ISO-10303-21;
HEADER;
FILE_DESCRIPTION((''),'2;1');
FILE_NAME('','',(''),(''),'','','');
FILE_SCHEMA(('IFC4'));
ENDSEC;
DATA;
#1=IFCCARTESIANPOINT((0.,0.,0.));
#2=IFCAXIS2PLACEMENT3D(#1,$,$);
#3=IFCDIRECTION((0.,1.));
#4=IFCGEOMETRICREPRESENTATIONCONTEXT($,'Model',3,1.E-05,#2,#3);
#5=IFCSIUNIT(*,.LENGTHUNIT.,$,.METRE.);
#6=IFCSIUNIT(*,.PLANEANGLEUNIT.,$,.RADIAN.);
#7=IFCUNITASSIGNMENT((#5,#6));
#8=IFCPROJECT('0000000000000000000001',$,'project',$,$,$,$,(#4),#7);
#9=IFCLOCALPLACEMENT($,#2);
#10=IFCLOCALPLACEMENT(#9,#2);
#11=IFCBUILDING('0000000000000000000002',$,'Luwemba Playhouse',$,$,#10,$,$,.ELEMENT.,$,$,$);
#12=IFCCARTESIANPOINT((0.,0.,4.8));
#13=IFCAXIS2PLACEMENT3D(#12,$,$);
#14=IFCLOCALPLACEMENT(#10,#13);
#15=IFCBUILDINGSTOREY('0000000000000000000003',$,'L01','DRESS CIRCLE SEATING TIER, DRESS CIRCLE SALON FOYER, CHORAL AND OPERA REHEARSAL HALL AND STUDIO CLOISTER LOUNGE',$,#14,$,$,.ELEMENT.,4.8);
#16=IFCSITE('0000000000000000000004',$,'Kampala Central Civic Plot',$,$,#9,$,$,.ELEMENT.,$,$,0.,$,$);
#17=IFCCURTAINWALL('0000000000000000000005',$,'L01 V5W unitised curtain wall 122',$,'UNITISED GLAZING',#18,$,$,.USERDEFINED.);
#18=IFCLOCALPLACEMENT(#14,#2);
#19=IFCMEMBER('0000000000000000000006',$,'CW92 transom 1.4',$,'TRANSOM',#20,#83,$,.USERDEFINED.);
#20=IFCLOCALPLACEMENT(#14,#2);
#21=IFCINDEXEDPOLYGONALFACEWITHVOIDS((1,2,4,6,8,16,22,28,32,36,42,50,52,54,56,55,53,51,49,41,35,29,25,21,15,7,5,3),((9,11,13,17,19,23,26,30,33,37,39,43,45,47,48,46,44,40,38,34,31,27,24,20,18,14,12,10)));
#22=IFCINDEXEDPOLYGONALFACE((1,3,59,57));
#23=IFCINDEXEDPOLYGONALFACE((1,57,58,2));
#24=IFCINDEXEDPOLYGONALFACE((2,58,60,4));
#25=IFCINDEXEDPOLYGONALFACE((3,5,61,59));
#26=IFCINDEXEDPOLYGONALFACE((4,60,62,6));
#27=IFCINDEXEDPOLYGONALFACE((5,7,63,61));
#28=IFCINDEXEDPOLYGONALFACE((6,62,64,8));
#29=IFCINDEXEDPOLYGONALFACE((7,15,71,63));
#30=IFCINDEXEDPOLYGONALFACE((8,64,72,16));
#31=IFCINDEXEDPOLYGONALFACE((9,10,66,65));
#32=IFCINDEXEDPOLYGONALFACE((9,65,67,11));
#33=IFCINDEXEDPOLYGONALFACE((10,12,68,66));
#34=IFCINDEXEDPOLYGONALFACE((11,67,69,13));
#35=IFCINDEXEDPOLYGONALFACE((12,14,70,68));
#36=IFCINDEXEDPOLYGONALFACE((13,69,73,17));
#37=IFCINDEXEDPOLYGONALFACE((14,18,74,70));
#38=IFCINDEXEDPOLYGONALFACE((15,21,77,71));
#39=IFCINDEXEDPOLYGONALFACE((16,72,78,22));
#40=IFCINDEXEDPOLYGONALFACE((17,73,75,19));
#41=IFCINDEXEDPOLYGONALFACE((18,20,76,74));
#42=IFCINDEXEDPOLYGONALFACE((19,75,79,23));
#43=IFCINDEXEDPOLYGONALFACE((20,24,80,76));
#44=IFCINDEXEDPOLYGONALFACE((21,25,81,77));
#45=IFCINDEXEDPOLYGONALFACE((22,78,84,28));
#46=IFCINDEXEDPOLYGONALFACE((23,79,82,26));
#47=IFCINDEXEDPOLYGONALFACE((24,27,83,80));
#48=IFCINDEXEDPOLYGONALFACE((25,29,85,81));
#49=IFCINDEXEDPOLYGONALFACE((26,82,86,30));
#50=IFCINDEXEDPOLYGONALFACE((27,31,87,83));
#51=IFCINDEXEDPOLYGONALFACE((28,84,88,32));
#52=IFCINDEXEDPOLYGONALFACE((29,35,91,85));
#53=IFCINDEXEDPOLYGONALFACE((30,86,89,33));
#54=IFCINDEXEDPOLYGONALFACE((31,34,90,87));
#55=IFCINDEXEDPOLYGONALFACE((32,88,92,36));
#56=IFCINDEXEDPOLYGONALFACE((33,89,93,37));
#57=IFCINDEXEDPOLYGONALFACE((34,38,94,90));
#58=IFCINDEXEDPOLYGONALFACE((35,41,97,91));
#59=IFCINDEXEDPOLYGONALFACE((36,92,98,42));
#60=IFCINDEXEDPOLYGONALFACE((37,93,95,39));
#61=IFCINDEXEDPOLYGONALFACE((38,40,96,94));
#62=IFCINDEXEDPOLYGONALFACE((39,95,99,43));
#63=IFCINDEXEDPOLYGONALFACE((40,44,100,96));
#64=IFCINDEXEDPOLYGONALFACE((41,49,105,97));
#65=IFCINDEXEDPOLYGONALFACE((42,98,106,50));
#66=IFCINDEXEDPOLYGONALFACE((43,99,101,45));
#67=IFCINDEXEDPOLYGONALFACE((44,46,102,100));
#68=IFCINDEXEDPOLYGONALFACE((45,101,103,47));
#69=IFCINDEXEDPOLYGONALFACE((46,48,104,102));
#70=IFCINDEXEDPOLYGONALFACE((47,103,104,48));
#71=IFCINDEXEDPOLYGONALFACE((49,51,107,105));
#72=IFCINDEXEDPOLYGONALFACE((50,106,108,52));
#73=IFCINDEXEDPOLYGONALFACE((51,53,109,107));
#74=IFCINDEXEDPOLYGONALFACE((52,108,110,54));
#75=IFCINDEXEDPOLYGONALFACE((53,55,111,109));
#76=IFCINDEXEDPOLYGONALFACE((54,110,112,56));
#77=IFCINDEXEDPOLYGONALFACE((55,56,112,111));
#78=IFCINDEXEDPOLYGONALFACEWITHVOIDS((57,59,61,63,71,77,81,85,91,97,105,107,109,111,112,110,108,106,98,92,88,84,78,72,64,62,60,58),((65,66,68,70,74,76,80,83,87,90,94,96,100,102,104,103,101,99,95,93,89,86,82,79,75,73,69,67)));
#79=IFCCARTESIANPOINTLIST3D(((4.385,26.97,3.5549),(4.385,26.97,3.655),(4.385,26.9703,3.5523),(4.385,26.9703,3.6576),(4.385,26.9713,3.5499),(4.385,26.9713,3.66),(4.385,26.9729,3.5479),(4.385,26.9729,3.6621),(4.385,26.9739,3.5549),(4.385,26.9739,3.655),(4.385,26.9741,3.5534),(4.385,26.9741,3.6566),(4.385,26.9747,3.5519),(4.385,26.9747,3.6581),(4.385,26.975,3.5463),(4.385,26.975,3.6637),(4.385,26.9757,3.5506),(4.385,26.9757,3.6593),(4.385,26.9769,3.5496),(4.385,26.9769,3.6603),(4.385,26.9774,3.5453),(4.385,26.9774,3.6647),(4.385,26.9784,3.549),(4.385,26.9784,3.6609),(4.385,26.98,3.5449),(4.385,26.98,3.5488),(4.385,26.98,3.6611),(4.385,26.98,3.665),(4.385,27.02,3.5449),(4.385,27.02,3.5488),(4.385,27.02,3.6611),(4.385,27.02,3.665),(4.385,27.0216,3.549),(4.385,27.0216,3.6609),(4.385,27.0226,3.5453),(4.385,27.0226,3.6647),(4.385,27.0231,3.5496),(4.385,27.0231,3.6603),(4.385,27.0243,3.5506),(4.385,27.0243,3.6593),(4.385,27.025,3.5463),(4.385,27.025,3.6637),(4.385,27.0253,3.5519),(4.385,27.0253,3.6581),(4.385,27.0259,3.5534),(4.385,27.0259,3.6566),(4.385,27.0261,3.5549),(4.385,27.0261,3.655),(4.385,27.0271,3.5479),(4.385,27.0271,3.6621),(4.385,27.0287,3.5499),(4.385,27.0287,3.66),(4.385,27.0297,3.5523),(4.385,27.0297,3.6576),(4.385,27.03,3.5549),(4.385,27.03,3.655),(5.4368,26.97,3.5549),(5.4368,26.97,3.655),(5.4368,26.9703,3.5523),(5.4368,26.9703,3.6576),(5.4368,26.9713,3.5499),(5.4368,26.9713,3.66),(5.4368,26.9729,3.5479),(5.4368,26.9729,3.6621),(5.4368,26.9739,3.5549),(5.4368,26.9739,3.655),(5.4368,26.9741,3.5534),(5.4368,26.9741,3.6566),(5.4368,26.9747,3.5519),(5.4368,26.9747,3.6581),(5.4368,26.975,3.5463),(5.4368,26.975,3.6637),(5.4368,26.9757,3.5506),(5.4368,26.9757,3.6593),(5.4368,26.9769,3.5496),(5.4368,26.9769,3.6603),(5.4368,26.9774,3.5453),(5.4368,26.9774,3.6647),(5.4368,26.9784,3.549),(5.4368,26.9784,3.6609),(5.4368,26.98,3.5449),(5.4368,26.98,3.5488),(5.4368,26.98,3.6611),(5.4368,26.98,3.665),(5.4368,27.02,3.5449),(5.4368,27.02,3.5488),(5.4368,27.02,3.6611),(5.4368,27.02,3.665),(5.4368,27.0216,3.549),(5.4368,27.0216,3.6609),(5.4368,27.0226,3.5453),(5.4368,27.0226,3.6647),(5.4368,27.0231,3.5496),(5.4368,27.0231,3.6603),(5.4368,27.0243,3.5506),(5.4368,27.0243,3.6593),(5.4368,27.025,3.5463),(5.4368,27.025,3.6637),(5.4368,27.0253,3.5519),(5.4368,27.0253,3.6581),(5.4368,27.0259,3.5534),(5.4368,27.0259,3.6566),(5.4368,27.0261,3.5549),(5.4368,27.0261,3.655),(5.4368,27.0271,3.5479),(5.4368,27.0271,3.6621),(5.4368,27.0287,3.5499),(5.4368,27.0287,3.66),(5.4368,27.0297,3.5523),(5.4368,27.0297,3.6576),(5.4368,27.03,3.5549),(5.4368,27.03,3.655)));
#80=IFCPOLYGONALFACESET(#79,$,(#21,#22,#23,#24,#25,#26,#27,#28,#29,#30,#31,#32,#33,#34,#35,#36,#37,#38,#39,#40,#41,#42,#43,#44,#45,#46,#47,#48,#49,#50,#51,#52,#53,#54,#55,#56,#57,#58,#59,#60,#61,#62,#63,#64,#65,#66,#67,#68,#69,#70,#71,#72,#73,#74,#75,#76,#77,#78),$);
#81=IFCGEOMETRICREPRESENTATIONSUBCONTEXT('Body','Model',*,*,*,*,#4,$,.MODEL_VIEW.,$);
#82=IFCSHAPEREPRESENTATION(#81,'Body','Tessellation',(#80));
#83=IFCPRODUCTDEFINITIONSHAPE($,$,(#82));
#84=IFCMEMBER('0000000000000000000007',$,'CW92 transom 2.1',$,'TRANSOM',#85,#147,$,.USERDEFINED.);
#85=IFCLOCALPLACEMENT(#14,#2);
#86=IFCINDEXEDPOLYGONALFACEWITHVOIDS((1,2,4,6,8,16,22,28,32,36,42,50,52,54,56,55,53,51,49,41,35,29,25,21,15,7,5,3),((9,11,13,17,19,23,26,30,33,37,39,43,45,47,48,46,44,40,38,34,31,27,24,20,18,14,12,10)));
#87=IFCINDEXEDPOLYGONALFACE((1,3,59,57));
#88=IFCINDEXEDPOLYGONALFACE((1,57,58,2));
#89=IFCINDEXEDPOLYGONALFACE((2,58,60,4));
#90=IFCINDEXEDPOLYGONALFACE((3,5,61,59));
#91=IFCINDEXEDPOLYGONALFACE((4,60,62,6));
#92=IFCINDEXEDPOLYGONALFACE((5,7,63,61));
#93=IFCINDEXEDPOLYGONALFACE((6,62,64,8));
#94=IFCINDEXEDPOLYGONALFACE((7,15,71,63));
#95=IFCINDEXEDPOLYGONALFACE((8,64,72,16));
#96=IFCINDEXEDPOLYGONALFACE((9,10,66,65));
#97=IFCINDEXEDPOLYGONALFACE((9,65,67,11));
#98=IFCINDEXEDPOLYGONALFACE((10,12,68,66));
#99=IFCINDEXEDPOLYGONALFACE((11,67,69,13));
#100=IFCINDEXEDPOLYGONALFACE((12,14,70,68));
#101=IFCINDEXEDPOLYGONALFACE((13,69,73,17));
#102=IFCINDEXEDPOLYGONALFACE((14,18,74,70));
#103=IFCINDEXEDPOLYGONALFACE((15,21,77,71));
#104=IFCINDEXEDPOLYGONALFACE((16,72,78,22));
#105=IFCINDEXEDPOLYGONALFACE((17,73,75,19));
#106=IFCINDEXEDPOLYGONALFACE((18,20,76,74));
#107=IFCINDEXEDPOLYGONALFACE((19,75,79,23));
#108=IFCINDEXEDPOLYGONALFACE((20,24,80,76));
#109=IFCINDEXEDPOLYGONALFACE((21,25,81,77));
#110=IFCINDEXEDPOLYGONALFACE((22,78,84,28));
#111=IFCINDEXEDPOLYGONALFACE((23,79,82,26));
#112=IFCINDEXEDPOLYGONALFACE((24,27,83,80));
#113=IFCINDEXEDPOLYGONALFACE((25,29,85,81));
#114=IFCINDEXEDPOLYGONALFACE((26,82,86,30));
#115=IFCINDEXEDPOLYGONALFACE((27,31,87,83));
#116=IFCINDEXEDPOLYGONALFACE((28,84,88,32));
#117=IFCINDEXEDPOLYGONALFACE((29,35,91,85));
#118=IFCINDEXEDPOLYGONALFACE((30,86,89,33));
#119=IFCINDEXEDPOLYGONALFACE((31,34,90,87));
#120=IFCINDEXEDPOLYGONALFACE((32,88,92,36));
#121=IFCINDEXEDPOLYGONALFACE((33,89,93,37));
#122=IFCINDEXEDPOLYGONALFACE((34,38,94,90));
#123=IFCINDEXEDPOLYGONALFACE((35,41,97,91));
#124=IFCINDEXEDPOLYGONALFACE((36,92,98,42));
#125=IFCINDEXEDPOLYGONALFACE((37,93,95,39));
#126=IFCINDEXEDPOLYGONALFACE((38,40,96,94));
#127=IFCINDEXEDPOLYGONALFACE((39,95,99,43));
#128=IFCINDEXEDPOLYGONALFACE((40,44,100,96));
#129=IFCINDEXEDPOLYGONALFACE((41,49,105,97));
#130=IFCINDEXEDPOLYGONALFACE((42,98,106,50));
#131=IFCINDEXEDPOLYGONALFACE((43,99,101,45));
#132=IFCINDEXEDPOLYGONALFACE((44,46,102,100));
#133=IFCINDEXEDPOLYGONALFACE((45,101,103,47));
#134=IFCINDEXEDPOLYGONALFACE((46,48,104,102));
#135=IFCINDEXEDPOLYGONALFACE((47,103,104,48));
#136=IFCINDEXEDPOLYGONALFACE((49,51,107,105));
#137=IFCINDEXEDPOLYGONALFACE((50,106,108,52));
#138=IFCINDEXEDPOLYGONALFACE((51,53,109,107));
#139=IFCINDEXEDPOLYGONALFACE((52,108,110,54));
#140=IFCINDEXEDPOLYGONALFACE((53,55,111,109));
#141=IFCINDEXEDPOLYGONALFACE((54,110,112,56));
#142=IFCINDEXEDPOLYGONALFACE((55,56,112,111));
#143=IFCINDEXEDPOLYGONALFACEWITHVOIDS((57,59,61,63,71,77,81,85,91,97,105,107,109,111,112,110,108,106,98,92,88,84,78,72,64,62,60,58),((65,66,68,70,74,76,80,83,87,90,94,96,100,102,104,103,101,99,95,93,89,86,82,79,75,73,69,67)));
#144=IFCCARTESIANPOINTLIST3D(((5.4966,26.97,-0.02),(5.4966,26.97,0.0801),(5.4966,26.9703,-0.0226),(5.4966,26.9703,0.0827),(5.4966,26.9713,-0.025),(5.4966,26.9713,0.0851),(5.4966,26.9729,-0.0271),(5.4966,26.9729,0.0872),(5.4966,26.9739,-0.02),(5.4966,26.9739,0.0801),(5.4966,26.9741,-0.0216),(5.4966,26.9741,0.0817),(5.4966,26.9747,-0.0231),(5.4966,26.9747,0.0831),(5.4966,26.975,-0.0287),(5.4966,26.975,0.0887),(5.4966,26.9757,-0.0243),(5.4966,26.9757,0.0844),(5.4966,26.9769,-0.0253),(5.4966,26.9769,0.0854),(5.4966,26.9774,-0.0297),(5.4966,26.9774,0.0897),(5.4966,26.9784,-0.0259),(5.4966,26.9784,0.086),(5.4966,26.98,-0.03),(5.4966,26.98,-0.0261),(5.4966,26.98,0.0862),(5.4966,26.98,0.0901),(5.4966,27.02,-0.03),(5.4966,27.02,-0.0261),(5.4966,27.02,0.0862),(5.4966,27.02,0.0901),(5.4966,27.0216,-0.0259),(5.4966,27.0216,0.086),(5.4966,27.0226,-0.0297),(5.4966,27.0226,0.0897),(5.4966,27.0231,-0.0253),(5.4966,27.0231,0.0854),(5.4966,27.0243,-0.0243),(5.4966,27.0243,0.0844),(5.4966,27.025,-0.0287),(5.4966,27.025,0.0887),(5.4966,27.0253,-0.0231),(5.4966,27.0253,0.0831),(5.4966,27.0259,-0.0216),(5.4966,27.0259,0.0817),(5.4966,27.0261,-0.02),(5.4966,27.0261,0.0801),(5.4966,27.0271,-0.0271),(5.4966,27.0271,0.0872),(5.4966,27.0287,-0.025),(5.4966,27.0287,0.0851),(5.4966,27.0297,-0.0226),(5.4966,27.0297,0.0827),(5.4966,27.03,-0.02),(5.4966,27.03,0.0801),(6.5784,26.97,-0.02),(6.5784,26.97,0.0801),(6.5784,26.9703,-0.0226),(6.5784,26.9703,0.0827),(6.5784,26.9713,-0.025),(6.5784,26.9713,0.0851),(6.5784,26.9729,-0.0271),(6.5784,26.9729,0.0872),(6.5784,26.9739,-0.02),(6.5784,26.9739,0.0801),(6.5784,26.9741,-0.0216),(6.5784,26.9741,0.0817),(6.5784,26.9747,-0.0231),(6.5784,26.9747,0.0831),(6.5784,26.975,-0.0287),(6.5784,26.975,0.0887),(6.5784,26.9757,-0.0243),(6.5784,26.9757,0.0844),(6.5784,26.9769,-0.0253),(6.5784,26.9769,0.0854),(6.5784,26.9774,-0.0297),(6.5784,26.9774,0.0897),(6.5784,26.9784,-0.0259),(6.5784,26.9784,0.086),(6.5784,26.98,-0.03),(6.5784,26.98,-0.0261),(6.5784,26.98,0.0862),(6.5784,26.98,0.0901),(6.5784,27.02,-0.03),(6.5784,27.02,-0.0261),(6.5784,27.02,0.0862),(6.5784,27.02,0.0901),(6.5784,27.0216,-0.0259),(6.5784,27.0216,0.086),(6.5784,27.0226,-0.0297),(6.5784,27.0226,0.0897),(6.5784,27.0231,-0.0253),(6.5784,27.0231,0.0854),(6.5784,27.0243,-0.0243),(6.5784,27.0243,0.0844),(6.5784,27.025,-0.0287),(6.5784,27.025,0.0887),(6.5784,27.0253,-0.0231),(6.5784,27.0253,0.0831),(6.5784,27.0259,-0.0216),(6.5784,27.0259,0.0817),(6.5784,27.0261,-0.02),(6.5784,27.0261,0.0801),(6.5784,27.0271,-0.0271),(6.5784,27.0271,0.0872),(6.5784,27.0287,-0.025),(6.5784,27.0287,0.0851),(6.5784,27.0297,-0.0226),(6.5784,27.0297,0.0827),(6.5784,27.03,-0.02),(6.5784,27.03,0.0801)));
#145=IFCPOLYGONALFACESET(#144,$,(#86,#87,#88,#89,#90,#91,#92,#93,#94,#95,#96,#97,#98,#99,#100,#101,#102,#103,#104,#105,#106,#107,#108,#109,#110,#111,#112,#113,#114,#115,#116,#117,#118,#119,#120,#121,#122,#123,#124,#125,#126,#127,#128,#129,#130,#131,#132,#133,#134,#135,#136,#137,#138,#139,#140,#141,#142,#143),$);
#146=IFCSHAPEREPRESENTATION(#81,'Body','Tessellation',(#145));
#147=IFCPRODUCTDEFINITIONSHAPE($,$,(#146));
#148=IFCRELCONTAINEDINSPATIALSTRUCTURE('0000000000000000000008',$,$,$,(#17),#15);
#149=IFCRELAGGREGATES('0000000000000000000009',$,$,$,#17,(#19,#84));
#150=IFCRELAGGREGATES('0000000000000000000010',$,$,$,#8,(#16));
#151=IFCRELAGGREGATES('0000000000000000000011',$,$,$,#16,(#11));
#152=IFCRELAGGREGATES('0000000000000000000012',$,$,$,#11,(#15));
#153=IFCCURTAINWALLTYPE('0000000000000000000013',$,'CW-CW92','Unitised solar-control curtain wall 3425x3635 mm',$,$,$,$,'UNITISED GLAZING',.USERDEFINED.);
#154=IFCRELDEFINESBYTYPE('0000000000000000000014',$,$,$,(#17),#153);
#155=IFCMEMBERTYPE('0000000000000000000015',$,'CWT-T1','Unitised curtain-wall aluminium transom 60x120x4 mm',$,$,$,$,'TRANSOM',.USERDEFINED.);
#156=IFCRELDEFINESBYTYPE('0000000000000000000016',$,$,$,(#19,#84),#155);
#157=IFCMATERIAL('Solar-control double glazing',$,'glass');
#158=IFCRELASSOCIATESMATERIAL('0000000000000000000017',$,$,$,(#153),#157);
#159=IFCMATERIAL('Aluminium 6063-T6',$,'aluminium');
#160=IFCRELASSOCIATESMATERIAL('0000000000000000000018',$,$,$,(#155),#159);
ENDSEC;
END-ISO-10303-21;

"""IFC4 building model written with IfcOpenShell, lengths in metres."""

from ifc_helpers import new_model, si_unit, direction, frame, origin, origin_2d, place, context, subcontext, project, spatial, hollow_rectangle, extrude, material, material_profile, profile_set, type_object, element, aggregate, save


model = new_model("IFC4")

# Units and contexts
model_context = context("Model", 3, precision=1e-05, world=origin(), true_north=direction((0.0, 1.0)))
body_context = subcontext(model_context, "Body", "Model", "MODEL_VIEW")
ifc_project = project(units=[si_unit("LENGTHUNIT", "METRE"), si_unit("PLANEANGLEUNIT", "RADIAN")], contexts=[model_context])

# Site, building, storey
site_placement = place(None, origin())
site = spatial("IfcSite", under=ifc_project, at=site_placement, Name="Kampala Central Civic Plot", CompositionType="ELEMENT", RefElevation=0.0)
building_placement = place(site_placement, origin())
building = spatial("IfcBuilding", under=site, at=building_placement, Name="Luwemba Playhouse", CompositionType="ELEMENT")
storey_placement = place(building_placement, frame((0.0, 0.0, 4.8)))
storey = spatial("IfcBuildingStorey", under=building, at=storey_placement, Name="L01", Description="DRESS CIRCLE SEATING TIER, DRESS CIRCLE SALON FOYER, CHORAL AND OPERA REHEARSAL HALL AND STUDIO CLOISTER LOUNGE", CompositionType="ELEMENT", Elevation=4.8)

# Curtain wall
ifc_material_1 = material(Name="Solar-control double glazing", Category="glass")
curtain_wall_type_1 = type_object("IfcCurtainWallType", Name="CW-CW92", Description="Unitised solar-control curtain wall 3425x3635 mm", ElementType="UNITISED GLAZING", PredefinedType="USERDEFINED", material=ifc_material_1)
curtain_wall_1_placement = place(storey_placement, origin())
curtain_wall_1 = element("IfcCurtainWall", 1, at=curtain_wall_1_placement, inside=storey, type_object=curtain_wall_type_1, Name="L01 V5W unitised curtain wall 122", ObjectType="UNITISED GLAZING", PredefinedType="USERDEFINED")
ifc_material_2 = material(Name="Aluminium 6063-T6", Category="aluminium")

# Members
ifc_material_profile_1 = material_profile(ifc_material_2, hollow_rectangle(XDim=0.0601, YDim=0.1201, WallThickness=0.0039, InnerFilletRadius=0.0061, OuterFilletRadius=0.01, at=origin_2d()))
ifc_profile_set_1 = profile_set([ifc_material_profile_1], Name="Aluminium 6063-T6")
member_type_1 = type_object("IfcMemberType", Name="CWT-T1", Description="Unitised curtain-wall aluminium transom 60x120x4 mm", ElementType="TRANSOM", PredefinedType="USERDEFINED", material=ifc_profile_set_1)
member_1_placement = place(storey_placement, frame((4.385, 27.0, 3.605), z_axis=(1.0, 0.0, 0.0), x_axis=(0.0, 1.0, 0.0)))
member_1 = element("IfcMember", 2, at=member_1_placement, type_object=member_type_1, Name="CW92 transom 1.4", ObjectType="TRANSOM", PredefinedType="USERDEFINED", context=body_context, shape_type="SweptSolid", body=[
    extrude(hollow_rectangle(XDim=0.0601, YDim=0.1201, WallThickness=0.0039, InnerFilletRadius=0.0061, OuterFilletRadius=0.01, at=origin_2d()), origin(), (0.0, 0.0, 1.0), 1.0518),
])
member_2_placement = place(storey_placement, frame((5.4966, 27.0, 0.03), z_axis=(1.0, 0.0, 0.0), x_axis=(0.0, 1.0, 0.0)))
member_2 = element("IfcMember", 3, at=member_2_placement, type_object=member_type_1, Name="CW92 transom 2.1", ObjectType="TRANSOM", PredefinedType="USERDEFINED", context=body_context, shape_type="SweptSolid", body=[
    extrude(hollow_rectangle(XDim=0.0601, YDim=0.1201, WallThickness=0.0039, InnerFilletRadius=0.0061, OuterFilletRadius=0.01, at=origin_2d()), origin(), (0.0, 0.0, 1.0), 1.0818),
])

aggregate(curtain_wall_1, [member_1, member_2])

save(model, "model.ifc")
